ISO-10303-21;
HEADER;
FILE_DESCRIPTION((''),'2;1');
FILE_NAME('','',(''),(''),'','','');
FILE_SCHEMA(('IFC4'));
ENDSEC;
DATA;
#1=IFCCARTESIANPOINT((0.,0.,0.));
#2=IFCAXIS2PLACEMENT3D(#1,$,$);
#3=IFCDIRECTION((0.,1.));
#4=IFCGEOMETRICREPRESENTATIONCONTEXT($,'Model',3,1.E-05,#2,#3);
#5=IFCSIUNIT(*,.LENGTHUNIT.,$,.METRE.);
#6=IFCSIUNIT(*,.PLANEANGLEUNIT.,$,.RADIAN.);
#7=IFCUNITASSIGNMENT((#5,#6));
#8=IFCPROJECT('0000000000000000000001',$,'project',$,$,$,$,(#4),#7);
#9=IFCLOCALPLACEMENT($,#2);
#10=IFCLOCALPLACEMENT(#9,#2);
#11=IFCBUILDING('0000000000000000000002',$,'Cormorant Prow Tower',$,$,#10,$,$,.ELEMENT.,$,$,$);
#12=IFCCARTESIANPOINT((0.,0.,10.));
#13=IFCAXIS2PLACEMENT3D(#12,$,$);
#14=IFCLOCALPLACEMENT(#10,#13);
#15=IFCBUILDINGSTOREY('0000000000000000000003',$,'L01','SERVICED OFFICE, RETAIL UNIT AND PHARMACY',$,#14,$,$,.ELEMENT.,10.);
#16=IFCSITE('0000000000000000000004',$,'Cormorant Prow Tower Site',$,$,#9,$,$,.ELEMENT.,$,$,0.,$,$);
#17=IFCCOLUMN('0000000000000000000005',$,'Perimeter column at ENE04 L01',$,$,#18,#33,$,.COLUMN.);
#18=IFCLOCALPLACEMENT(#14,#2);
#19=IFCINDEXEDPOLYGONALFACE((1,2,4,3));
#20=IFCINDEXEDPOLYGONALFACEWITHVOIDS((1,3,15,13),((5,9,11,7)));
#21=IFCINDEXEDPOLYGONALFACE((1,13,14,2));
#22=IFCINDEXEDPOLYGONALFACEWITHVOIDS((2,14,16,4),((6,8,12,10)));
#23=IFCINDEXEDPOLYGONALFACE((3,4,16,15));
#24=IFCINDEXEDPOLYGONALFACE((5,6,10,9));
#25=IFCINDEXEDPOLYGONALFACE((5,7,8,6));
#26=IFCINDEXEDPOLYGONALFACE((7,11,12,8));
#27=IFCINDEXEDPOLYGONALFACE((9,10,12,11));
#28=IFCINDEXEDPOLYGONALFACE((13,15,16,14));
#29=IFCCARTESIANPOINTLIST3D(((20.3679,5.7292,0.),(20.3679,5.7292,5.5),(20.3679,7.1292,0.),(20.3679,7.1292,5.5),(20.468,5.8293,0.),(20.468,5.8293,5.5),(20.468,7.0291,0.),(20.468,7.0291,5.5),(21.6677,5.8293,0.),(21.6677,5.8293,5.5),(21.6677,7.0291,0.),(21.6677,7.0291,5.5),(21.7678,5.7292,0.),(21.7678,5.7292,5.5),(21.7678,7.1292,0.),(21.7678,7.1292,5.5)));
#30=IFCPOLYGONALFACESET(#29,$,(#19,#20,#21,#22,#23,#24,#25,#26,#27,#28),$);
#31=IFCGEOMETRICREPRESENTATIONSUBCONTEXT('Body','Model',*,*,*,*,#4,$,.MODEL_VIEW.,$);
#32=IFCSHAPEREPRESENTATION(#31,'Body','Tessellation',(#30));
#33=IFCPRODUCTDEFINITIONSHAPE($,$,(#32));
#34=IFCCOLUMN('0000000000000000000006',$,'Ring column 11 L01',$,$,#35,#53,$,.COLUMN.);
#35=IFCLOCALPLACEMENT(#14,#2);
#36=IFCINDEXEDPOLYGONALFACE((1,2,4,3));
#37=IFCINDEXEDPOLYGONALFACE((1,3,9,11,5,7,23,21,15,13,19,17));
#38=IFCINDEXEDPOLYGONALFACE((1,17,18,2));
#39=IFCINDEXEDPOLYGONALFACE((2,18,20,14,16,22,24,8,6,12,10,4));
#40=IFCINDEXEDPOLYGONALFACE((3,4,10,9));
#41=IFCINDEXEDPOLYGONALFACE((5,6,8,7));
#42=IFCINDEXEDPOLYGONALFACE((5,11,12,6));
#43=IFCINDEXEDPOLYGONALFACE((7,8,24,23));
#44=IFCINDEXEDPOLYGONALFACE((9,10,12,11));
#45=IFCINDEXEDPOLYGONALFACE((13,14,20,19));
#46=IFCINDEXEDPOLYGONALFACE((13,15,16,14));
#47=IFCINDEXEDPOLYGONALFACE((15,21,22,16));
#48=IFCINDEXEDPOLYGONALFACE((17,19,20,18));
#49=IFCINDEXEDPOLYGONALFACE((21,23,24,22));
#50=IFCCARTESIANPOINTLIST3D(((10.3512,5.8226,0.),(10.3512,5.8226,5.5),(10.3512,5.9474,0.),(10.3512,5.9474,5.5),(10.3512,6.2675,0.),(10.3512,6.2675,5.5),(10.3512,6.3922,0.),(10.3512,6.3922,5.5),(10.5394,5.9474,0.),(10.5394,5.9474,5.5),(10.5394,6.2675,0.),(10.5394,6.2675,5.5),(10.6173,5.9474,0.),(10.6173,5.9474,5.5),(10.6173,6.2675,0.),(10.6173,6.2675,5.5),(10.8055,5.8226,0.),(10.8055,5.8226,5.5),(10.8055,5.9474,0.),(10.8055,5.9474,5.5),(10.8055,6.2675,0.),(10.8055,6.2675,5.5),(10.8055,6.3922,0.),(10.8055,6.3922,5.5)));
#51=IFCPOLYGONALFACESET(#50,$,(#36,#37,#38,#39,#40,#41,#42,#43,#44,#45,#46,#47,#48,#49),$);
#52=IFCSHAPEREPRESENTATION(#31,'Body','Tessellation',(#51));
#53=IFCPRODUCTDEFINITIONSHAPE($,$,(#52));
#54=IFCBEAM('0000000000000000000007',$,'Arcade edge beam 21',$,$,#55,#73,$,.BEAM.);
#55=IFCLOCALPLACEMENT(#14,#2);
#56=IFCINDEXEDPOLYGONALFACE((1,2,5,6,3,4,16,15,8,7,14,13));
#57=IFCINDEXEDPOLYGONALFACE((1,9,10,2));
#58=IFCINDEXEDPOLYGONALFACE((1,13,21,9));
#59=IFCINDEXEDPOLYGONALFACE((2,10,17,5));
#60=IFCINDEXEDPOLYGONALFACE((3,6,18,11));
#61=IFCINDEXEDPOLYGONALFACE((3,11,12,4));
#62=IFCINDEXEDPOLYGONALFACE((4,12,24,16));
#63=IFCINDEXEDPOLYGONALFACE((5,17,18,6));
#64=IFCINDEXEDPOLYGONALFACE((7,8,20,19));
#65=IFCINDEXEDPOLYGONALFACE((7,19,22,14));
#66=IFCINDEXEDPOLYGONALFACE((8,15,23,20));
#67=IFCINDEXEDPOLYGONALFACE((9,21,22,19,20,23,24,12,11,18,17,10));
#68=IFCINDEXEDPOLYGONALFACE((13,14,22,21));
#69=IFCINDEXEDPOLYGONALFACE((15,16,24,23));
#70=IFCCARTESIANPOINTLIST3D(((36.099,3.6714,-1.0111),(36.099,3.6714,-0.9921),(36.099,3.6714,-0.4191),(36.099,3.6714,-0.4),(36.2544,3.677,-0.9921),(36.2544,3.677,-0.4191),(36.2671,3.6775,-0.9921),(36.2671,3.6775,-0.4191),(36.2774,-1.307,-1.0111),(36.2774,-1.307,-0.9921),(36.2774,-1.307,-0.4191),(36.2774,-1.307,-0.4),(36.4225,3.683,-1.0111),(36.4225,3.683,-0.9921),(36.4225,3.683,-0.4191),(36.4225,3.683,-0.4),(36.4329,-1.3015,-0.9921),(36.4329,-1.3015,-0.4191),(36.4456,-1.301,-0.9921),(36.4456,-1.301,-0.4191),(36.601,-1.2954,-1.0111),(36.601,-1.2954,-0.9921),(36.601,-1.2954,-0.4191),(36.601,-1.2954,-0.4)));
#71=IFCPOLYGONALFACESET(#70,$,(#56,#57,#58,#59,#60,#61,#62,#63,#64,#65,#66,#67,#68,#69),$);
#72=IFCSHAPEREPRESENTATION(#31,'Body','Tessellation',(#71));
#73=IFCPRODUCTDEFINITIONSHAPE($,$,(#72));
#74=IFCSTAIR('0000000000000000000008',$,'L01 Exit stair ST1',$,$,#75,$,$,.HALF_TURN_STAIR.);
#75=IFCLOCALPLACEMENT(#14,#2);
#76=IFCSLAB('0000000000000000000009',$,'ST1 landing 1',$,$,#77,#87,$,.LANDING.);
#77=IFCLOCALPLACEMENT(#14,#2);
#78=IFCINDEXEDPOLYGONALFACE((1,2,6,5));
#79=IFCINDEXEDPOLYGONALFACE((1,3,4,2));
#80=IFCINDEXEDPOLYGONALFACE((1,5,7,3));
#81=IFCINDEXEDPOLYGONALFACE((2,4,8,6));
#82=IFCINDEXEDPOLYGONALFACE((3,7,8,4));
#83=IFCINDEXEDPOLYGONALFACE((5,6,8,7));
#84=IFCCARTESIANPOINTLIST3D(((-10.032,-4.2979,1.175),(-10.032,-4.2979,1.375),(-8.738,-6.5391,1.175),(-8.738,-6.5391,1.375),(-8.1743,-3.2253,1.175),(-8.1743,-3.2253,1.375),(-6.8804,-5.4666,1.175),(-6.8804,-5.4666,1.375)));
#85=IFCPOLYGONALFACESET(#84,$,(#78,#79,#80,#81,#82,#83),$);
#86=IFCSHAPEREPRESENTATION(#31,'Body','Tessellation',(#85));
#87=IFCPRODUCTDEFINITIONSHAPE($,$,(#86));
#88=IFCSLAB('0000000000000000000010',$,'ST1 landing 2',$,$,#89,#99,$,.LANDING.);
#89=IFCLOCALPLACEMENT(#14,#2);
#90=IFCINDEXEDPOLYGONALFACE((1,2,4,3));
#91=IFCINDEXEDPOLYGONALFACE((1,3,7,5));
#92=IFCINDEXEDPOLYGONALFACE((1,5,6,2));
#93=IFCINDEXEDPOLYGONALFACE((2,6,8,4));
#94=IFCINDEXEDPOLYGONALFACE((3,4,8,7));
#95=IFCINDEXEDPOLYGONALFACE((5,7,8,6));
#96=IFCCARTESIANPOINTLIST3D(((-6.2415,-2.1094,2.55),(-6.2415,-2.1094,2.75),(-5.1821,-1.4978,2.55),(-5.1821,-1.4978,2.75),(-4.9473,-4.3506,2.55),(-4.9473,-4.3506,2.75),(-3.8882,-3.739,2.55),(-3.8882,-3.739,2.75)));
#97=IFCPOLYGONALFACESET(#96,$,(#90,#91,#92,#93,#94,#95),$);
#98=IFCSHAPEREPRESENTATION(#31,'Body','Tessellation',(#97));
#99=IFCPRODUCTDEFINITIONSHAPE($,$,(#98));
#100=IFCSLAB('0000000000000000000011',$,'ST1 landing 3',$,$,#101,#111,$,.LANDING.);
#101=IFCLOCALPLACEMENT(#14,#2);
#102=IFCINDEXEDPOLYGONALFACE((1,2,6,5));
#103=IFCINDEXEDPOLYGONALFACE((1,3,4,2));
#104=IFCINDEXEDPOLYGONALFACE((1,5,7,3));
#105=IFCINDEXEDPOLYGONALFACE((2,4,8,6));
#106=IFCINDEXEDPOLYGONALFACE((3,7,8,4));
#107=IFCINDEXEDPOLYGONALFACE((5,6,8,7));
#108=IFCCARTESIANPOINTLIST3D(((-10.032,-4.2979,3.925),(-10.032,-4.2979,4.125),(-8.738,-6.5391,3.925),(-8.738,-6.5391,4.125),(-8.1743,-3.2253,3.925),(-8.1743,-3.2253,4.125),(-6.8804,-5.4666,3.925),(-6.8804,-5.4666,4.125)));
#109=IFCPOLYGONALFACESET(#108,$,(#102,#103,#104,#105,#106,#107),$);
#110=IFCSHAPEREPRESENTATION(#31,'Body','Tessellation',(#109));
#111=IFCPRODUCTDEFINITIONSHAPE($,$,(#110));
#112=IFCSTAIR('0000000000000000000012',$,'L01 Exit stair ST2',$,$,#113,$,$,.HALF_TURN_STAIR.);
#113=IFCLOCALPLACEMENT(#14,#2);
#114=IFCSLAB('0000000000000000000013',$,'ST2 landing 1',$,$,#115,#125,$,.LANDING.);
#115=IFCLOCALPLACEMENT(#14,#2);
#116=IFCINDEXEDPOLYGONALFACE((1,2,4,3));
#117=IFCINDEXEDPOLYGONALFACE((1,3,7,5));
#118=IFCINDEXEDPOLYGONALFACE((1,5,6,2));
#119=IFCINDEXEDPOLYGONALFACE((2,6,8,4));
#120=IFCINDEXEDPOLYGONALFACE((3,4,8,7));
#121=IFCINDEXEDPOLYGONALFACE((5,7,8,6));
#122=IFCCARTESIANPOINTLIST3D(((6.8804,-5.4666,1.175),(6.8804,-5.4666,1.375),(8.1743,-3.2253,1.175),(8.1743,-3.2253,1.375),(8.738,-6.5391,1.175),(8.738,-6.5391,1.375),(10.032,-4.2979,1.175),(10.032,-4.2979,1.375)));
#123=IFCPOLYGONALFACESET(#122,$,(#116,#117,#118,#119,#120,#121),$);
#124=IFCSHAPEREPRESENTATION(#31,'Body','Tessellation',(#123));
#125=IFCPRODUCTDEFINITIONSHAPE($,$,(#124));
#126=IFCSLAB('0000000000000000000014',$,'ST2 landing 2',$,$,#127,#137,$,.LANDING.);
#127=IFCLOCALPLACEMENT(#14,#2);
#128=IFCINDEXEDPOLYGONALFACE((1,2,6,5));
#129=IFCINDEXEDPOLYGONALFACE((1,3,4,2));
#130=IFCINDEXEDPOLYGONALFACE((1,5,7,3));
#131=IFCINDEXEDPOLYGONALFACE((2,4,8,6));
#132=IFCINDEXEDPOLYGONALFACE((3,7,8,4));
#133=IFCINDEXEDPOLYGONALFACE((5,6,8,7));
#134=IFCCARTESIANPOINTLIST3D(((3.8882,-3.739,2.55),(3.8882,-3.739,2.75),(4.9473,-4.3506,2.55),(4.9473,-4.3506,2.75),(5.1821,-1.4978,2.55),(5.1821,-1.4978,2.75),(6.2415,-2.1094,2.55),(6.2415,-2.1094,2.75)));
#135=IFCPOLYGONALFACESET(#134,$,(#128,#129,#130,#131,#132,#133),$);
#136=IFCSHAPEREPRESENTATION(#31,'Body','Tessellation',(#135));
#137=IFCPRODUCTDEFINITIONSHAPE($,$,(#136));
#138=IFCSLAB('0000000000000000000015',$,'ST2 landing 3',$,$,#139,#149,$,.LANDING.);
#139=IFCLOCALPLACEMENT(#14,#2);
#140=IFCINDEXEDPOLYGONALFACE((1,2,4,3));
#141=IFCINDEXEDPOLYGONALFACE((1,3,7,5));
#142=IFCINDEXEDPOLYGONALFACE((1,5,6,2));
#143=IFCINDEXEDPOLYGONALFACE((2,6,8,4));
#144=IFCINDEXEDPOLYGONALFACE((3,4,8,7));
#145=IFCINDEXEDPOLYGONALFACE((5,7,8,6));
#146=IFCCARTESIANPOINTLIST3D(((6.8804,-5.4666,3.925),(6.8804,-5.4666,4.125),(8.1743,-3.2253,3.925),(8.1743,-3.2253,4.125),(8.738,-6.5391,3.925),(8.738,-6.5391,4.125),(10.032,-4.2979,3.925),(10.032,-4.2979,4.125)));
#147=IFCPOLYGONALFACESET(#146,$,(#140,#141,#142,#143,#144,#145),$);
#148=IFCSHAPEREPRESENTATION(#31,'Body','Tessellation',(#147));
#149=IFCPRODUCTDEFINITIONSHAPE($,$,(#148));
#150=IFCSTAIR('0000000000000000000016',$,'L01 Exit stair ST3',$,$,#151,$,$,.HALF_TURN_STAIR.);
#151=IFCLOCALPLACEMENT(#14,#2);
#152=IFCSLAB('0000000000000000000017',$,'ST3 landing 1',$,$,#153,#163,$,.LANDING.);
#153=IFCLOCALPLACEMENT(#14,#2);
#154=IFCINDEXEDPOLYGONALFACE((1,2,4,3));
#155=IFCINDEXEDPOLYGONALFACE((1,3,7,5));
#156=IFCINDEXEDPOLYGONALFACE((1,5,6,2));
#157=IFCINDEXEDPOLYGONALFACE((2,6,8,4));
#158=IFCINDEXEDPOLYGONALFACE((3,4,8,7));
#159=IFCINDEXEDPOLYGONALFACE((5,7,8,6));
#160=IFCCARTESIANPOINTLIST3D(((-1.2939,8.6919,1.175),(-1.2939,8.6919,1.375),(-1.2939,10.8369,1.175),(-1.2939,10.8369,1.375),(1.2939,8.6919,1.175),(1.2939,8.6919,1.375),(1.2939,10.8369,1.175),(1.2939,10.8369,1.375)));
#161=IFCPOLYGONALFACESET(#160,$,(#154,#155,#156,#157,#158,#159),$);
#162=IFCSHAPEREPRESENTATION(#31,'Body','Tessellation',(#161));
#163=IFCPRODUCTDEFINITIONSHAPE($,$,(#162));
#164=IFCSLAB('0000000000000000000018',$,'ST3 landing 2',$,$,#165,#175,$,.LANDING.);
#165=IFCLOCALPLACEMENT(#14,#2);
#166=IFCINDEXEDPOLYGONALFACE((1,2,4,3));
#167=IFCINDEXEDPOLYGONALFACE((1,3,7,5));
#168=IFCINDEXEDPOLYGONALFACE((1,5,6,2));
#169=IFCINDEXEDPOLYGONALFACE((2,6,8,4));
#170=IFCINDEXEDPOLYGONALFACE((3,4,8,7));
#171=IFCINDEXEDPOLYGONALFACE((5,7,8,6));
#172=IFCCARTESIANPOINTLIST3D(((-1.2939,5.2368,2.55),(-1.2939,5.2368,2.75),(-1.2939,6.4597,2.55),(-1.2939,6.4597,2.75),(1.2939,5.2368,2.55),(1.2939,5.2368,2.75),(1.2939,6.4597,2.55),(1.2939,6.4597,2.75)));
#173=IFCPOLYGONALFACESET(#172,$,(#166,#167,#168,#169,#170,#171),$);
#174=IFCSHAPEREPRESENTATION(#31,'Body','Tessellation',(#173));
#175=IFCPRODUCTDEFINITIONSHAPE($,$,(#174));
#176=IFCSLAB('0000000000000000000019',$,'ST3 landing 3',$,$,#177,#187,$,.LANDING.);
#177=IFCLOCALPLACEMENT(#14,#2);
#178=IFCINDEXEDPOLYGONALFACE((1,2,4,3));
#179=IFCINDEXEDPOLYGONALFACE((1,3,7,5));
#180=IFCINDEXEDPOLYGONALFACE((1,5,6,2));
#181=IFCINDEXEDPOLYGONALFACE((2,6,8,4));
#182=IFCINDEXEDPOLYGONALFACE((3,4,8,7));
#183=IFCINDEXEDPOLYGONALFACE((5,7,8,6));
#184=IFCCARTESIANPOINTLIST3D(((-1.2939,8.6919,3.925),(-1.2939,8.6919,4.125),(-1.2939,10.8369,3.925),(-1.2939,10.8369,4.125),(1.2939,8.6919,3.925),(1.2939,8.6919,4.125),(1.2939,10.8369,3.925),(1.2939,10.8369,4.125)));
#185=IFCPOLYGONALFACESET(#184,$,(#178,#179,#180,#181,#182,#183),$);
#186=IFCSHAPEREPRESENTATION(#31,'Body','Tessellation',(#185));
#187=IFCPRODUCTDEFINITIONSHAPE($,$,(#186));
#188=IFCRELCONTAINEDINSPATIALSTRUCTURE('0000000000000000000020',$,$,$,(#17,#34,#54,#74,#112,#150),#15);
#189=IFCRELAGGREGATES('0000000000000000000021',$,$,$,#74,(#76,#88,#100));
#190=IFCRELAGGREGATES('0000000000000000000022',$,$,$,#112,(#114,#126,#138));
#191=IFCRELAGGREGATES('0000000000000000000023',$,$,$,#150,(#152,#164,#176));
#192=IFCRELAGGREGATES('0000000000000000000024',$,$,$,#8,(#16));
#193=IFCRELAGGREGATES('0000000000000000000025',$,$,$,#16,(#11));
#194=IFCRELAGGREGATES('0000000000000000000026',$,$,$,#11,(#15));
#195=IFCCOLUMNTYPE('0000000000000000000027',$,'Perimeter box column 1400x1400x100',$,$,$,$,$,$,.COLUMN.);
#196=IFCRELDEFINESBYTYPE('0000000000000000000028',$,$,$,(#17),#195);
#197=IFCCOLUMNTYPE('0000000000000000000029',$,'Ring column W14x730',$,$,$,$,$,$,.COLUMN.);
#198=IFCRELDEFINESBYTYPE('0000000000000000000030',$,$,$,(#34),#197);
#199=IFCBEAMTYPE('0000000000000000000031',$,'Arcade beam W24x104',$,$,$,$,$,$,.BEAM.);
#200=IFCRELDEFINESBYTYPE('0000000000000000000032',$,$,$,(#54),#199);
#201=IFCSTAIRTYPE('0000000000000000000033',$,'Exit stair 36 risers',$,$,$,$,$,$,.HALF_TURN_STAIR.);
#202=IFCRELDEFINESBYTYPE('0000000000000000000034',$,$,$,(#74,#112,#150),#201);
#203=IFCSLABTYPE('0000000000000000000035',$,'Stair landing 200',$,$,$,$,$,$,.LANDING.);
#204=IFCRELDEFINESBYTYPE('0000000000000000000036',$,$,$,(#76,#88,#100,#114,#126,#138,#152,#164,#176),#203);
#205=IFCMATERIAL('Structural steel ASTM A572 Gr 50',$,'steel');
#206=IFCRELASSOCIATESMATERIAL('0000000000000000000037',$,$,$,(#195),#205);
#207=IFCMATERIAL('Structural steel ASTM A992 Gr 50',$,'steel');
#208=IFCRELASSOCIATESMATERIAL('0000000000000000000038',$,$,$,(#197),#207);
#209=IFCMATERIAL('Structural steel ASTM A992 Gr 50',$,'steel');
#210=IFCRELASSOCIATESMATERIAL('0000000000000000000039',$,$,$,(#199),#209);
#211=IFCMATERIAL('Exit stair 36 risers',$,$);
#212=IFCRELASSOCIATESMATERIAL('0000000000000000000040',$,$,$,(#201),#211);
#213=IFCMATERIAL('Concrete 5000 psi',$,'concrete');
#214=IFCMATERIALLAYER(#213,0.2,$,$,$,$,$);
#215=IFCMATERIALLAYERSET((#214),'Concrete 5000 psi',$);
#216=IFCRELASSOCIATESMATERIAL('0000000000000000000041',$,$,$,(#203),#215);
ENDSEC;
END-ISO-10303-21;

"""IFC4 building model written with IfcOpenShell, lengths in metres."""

from ifc_helpers import new_model, si_unit, direction, frame, origin, origin_2d, place, context, subcontext, project, spatial, polyline, hollow_rectangle, i_section, outline, extrude, material, layer, layer_set, material_profile, profile_set, type_object, element, aggregate, save


model = new_model("IFC4")

# Units and contexts
model_context = context("Model", 3, precision=1e-05, world=origin(), true_north=direction((0.0, 1.0)))
body_context = subcontext(model_context, "Body", "Model", "MODEL_VIEW")
ifc_project = project(units=[si_unit("LENGTHUNIT", "METRE"), si_unit("PLANEANGLEUNIT", "RADIAN")], contexts=[model_context])

# Site, building, storey
site_placement = place(None, origin())
site = spatial("IfcSite", under=ifc_project, at=site_placement, Name="Cormorant Prow Tower Site", CompositionType="ELEMENT", RefElevation=0.0)
building_placement = place(site_placement, origin())
building = spatial("IfcBuilding", under=site, at=building_placement, Name="Cormorant Prow Tower", CompositionType="ELEMENT")
storey_placement = place(building_placement, frame((0.0, 0.0, 10.0)))
storey = spatial("IfcBuildingStorey", under=building, at=storey_placement, Name="L01", Description="SERVICED OFFICE, RETAIL UNIT AND PHARMACY", CompositionType="ELEMENT", Elevation=10.0)

# Columns
ifc_material_1 = material(Name="Structural steel ASTM A572 Gr 50", Category="steel")
ifc_material_profile_1 = material_profile(ifc_material_1, hollow_rectangle(XDim=1.3999, YDim=1.3999, WallThickness=0.1001, at=origin_2d()), Name="Box 1400x1400x100")
ifc_profile_set_1 = profile_set([ifc_material_profile_1], Name="Structural steel ASTM A572 Gr 50")
column_type_1 = type_object("IfcColumnType", Name="Perimeter box column 1400x1400x100", PredefinedType="COLUMN", material=ifc_profile_set_1)
column_1_placement = place(storey_placement, frame((21.0679, 6.4292, 0.0), z_axis=(0.0, 0.0, 1.0), x_axis=(1.0, 0.0, 0.0)))
element("IfcColumn", 1, at=column_1_placement, inside=storey, type_object=column_type_1, Name="Perimeter column at ENE04 L01", PredefinedType="COLUMN", context=body_context, shape_type="SweptSolid", body=[
    extrude(hollow_rectangle(XDim=1.3999, YDim=1.3999, WallThickness=0.1001, at=origin_2d()), origin(), (0.0, 0.0, 1.0), 5.5),
])
ifc_material_2 = material(Name="Structural steel ASTM A992 Gr 50", Category="steel")
ifc_material_profile_2 = material_profile(ifc_material_2, i_section(OverallWidth=0.4543, OverallDepth=0.5696, WebThickness=0.0779, FlangeThickness=0.1248, at=origin_2d()), Name="W14x730")
ifc_profile_set_2 = profile_set([ifc_material_profile_2], Name="Structural steel ASTM A992 Gr 50")
column_type_2 = type_object("IfcColumnType", Name="Ring column W14x730", PredefinedType="COLUMN", material=ifc_profile_set_2)
column_2_placement = place(storey_placement, frame((10.5784, 6.1074, 0.0), z_axis=(0.0, 0.0, 1.0), x_axis=(1.0, 0.0, 0.0)))
element("IfcColumn", 2, at=column_2_placement, inside=storey, type_object=column_type_2, Name="Ring column 11 L01", PredefinedType="COLUMN", context=body_context, shape_type="SweptSolid", body=[
    extrude(i_section(OverallWidth=0.4543, OverallDepth=0.5696, WebThickness=0.0779, FlangeThickness=0.1248, at=origin_2d()), origin(), (0.0, 0.0, 1.0), 5.5),
])

# Beam
ifc_material_3 = material(Name="Structural steel ASTM A992 Gr 50", Category="steel")
ifc_material_profile_3 = material_profile(ifc_material_3, i_section(OverallWidth=0.3237, OverallDepth=0.6111, WebThickness=0.0127, FlangeThickness=0.019, at=origin_2d()), Name="W24x104")
ifc_profile_set_3 = profile_set([ifc_material_profile_3], Name="Structural steel ASTM A992 Gr 50")
beam_type = type_object("IfcBeamType", Name="Arcade beam W24x104", PredefinedType="BEAM", material=ifc_profile_set_3)
beam_placement = place(storey_placement, frame((36.2607, 3.6772, -0.7056), z_axis=(0.035824, -0.999358, 0.0), x_axis=(0.999358, 0.035824, 0.0)))
element("IfcBeam", 3, at=beam_placement, inside=storey, type_object=beam_type, Name="Arcade edge beam 21", PredefinedType="BEAM", context=body_context, shape_type="SweptSolid", body=[
    extrude(i_section(OverallWidth=0.3237, OverallDepth=0.6111, WebThickness=0.0127, FlangeThickness=0.019, at=origin_2d()), origin(), (0.0, 0.0, 1.0), 4.9817),
])

# Stairs, slabs
ifc_material_4 = material(Name="Exit stair 36 risers")
stair_type = type_object("IfcStairType", Name="Exit stair 36 risers", PredefinedType="HALF_TURN_STAIR", material=ifc_material_4)
stair_1_placement = place(storey_placement, origin())
stair_1 = element("IfcStair", 4, at=stair_1_placement, inside=storey, type_object=stair_type, Name="L01 Exit stair ST1", PredefinedType="HALF_TURN_STAIR")
ifc_material_5 = material(Name="Concrete 5000 psi", Category="concrete")
ifc_layer_1 = layer(ifc_material_5, 0.2)
ifc_layer_set_1 = layer_set([ifc_layer_1], Name="Concrete 5000 psi")
slab_type = type_object("IfcSlabType", Name="Stair landing 200", PredefinedType="LANDING", material=ifc_layer_set_1)
slab_1_placement = place(storey_placement, frame((0.0, 0.0, 1.175)))
slab_1 = element("IfcSlab", 5, at=slab_1_placement, type_object=slab_type, Name="ST1 landing 1", PredefinedType="LANDING", context=body_context, shape_type="SweptSolid", body=[
    extrude(outline(polyline([(-8.1743, -3.2253), (-10.032, -4.2979), (-8.738, -6.5391), (-6.8804, -5.4666), (-8.1743, -3.2253)])), origin(), (0.0, 0.0, 1.0), 0.2),
])
slab_2_placement = place(storey_placement, frame((0.0, 0.0, 2.55)))
slab_2 = element("IfcSlab", 6, at=slab_2_placement, type_object=slab_type, Name="ST1 landing 2", PredefinedType="LANDING", context=body_context, shape_type="SweptSolid", body=[
    extrude(outline(polyline([(-5.1821, -1.4978), (-6.2415, -2.1094), (-4.9473, -4.3506), (-3.8882, -3.739), (-5.1821, -1.4978)])), origin(), (0.0, 0.0, 1.0), 0.2),
])
slab_3_placement = place(storey_placement, frame((0.0, 0.0, 3.925)))
slab_3 = element("IfcSlab", 7, at=slab_3_placement, type_object=slab_type, Name="ST1 landing 3", PredefinedType="LANDING", context=body_context, shape_type="SweptSolid", body=[
    extrude(outline(polyline([(-8.1743, -3.2253), (-10.032, -4.2979), (-8.738, -6.5391), (-6.8804, -5.4666), (-8.1743, -3.2253)])), origin(), (0.0, 0.0, 1.0), 0.2),
])
aggregate(stair_1, [slab_1, slab_2, slab_3])
stair_2_placement = place(storey_placement, origin())
stair_2 = element("IfcStair", 8, at=stair_2_placement, inside=storey, type_object=stair_type, Name="L01 Exit stair ST2", PredefinedType="HALF_TURN_STAIR")
slab_4_placement = place(storey_placement, frame((0.0, 0.0, 1.175)))
slab_4 = element("IfcSlab", 9, at=slab_4_placement, type_object=slab_type, Name="ST2 landing 1", PredefinedType="LANDING", context=body_context, shape_type="SweptSolid", body=[
    extrude(outline(polyline([(6.8804, -5.4666), (8.738, -6.5391), (10.032, -4.2979), (8.1743, -3.2253), (6.8804, -5.4666)])), origin(), (0.0, 0.0, 1.0), 0.2),
])
slab_5_placement = place(storey_placement, frame((0.0, 0.0, 2.55)))
slab_5 = element("IfcSlab", 10, at=slab_5_placement, type_object=slab_type, Name="ST2 landing 2", PredefinedType="LANDING", context=body_context, shape_type="SweptSolid", body=[
    extrude(outline(polyline([(3.8882, -3.739), (4.9473, -4.3506), (6.2415, -2.1094), (5.1821, -1.4978), (3.8882, -3.739)])), origin(), (0.0, 0.0, 1.0), 0.2),
])
slab_6_placement = place(storey_placement, frame((0.0, 0.0, 3.925)))
slab_6 = element("IfcSlab", 11, at=slab_6_placement, type_object=slab_type, Name="ST2 landing 3", PredefinedType="LANDING", context=body_context, shape_type="SweptSolid", body=[
    extrude(outline(polyline([(6.8804, -5.4666), (8.738, -6.5391), (10.032, -4.2979), (8.1743, -3.2253), (6.8804, -5.4666)])), origin(), (0.0, 0.0, 1.0), 0.2),
])
aggregate(stair_2, [slab_4, slab_5, slab_6])
stair_3_placement = place(storey_placement, origin())
stair_3 = element("IfcStair", 12, at=stair_3_placement, inside=storey, type_object=stair_type, Name="L01 Exit stair ST3", PredefinedType="HALF_TURN_STAIR")
slab_7_placement = place(storey_placement, frame((0.0, 0.0, 1.175)))
slab_7 = element("IfcSlab", 13, at=slab_7_placement, type_object=slab_type, Name="ST3 landing 1", PredefinedType="LANDING", context=body_context, shape_type="SweptSolid", body=[
    extrude(outline(polyline([(1.2939, 8.6919), (1.2939, 10.8369), (-1.2939, 10.8369), (-1.2939, 8.6919), (1.2939, 8.6919)])), origin(), (0.0, 0.0, 1.0), 0.2),
])
slab_8_placement = place(storey_placement, frame((0.0, 0.0, 2.55)))
slab_8 = element("IfcSlab", 14, at=slab_8_placement, type_object=slab_type, Name="ST3 landing 2", PredefinedType="LANDING", context=body_context, shape_type="SweptSolid", body=[
    extrude(outline(polyline([(1.2939, 5.2368), (1.2939, 6.4597), (-1.2939, 6.4597), (-1.2939, 5.2368), (1.2939, 5.2368)])), origin(), (0.0, 0.0, 1.0), 0.2),
])
slab_9_placement = place(storey_placement, frame((0.0, 0.0, 3.925)))
slab_9 = element("IfcSlab", 15, at=slab_9_placement, type_object=slab_type, Name="ST3 landing 3", PredefinedType="LANDING", context=body_context, shape_type="SweptSolid", body=[
    extrude(outline(polyline([(1.2939, 8.6919), (1.2939, 10.8369), (-1.2939, 10.8369), (-1.2939, 8.6919), (1.2939, 8.6919)])), origin(), (0.0, 0.0, 1.0), 0.2),
])

aggregate(stair_3, [slab_7, slab_8, slab_9])

save(model, "model.ifc")
